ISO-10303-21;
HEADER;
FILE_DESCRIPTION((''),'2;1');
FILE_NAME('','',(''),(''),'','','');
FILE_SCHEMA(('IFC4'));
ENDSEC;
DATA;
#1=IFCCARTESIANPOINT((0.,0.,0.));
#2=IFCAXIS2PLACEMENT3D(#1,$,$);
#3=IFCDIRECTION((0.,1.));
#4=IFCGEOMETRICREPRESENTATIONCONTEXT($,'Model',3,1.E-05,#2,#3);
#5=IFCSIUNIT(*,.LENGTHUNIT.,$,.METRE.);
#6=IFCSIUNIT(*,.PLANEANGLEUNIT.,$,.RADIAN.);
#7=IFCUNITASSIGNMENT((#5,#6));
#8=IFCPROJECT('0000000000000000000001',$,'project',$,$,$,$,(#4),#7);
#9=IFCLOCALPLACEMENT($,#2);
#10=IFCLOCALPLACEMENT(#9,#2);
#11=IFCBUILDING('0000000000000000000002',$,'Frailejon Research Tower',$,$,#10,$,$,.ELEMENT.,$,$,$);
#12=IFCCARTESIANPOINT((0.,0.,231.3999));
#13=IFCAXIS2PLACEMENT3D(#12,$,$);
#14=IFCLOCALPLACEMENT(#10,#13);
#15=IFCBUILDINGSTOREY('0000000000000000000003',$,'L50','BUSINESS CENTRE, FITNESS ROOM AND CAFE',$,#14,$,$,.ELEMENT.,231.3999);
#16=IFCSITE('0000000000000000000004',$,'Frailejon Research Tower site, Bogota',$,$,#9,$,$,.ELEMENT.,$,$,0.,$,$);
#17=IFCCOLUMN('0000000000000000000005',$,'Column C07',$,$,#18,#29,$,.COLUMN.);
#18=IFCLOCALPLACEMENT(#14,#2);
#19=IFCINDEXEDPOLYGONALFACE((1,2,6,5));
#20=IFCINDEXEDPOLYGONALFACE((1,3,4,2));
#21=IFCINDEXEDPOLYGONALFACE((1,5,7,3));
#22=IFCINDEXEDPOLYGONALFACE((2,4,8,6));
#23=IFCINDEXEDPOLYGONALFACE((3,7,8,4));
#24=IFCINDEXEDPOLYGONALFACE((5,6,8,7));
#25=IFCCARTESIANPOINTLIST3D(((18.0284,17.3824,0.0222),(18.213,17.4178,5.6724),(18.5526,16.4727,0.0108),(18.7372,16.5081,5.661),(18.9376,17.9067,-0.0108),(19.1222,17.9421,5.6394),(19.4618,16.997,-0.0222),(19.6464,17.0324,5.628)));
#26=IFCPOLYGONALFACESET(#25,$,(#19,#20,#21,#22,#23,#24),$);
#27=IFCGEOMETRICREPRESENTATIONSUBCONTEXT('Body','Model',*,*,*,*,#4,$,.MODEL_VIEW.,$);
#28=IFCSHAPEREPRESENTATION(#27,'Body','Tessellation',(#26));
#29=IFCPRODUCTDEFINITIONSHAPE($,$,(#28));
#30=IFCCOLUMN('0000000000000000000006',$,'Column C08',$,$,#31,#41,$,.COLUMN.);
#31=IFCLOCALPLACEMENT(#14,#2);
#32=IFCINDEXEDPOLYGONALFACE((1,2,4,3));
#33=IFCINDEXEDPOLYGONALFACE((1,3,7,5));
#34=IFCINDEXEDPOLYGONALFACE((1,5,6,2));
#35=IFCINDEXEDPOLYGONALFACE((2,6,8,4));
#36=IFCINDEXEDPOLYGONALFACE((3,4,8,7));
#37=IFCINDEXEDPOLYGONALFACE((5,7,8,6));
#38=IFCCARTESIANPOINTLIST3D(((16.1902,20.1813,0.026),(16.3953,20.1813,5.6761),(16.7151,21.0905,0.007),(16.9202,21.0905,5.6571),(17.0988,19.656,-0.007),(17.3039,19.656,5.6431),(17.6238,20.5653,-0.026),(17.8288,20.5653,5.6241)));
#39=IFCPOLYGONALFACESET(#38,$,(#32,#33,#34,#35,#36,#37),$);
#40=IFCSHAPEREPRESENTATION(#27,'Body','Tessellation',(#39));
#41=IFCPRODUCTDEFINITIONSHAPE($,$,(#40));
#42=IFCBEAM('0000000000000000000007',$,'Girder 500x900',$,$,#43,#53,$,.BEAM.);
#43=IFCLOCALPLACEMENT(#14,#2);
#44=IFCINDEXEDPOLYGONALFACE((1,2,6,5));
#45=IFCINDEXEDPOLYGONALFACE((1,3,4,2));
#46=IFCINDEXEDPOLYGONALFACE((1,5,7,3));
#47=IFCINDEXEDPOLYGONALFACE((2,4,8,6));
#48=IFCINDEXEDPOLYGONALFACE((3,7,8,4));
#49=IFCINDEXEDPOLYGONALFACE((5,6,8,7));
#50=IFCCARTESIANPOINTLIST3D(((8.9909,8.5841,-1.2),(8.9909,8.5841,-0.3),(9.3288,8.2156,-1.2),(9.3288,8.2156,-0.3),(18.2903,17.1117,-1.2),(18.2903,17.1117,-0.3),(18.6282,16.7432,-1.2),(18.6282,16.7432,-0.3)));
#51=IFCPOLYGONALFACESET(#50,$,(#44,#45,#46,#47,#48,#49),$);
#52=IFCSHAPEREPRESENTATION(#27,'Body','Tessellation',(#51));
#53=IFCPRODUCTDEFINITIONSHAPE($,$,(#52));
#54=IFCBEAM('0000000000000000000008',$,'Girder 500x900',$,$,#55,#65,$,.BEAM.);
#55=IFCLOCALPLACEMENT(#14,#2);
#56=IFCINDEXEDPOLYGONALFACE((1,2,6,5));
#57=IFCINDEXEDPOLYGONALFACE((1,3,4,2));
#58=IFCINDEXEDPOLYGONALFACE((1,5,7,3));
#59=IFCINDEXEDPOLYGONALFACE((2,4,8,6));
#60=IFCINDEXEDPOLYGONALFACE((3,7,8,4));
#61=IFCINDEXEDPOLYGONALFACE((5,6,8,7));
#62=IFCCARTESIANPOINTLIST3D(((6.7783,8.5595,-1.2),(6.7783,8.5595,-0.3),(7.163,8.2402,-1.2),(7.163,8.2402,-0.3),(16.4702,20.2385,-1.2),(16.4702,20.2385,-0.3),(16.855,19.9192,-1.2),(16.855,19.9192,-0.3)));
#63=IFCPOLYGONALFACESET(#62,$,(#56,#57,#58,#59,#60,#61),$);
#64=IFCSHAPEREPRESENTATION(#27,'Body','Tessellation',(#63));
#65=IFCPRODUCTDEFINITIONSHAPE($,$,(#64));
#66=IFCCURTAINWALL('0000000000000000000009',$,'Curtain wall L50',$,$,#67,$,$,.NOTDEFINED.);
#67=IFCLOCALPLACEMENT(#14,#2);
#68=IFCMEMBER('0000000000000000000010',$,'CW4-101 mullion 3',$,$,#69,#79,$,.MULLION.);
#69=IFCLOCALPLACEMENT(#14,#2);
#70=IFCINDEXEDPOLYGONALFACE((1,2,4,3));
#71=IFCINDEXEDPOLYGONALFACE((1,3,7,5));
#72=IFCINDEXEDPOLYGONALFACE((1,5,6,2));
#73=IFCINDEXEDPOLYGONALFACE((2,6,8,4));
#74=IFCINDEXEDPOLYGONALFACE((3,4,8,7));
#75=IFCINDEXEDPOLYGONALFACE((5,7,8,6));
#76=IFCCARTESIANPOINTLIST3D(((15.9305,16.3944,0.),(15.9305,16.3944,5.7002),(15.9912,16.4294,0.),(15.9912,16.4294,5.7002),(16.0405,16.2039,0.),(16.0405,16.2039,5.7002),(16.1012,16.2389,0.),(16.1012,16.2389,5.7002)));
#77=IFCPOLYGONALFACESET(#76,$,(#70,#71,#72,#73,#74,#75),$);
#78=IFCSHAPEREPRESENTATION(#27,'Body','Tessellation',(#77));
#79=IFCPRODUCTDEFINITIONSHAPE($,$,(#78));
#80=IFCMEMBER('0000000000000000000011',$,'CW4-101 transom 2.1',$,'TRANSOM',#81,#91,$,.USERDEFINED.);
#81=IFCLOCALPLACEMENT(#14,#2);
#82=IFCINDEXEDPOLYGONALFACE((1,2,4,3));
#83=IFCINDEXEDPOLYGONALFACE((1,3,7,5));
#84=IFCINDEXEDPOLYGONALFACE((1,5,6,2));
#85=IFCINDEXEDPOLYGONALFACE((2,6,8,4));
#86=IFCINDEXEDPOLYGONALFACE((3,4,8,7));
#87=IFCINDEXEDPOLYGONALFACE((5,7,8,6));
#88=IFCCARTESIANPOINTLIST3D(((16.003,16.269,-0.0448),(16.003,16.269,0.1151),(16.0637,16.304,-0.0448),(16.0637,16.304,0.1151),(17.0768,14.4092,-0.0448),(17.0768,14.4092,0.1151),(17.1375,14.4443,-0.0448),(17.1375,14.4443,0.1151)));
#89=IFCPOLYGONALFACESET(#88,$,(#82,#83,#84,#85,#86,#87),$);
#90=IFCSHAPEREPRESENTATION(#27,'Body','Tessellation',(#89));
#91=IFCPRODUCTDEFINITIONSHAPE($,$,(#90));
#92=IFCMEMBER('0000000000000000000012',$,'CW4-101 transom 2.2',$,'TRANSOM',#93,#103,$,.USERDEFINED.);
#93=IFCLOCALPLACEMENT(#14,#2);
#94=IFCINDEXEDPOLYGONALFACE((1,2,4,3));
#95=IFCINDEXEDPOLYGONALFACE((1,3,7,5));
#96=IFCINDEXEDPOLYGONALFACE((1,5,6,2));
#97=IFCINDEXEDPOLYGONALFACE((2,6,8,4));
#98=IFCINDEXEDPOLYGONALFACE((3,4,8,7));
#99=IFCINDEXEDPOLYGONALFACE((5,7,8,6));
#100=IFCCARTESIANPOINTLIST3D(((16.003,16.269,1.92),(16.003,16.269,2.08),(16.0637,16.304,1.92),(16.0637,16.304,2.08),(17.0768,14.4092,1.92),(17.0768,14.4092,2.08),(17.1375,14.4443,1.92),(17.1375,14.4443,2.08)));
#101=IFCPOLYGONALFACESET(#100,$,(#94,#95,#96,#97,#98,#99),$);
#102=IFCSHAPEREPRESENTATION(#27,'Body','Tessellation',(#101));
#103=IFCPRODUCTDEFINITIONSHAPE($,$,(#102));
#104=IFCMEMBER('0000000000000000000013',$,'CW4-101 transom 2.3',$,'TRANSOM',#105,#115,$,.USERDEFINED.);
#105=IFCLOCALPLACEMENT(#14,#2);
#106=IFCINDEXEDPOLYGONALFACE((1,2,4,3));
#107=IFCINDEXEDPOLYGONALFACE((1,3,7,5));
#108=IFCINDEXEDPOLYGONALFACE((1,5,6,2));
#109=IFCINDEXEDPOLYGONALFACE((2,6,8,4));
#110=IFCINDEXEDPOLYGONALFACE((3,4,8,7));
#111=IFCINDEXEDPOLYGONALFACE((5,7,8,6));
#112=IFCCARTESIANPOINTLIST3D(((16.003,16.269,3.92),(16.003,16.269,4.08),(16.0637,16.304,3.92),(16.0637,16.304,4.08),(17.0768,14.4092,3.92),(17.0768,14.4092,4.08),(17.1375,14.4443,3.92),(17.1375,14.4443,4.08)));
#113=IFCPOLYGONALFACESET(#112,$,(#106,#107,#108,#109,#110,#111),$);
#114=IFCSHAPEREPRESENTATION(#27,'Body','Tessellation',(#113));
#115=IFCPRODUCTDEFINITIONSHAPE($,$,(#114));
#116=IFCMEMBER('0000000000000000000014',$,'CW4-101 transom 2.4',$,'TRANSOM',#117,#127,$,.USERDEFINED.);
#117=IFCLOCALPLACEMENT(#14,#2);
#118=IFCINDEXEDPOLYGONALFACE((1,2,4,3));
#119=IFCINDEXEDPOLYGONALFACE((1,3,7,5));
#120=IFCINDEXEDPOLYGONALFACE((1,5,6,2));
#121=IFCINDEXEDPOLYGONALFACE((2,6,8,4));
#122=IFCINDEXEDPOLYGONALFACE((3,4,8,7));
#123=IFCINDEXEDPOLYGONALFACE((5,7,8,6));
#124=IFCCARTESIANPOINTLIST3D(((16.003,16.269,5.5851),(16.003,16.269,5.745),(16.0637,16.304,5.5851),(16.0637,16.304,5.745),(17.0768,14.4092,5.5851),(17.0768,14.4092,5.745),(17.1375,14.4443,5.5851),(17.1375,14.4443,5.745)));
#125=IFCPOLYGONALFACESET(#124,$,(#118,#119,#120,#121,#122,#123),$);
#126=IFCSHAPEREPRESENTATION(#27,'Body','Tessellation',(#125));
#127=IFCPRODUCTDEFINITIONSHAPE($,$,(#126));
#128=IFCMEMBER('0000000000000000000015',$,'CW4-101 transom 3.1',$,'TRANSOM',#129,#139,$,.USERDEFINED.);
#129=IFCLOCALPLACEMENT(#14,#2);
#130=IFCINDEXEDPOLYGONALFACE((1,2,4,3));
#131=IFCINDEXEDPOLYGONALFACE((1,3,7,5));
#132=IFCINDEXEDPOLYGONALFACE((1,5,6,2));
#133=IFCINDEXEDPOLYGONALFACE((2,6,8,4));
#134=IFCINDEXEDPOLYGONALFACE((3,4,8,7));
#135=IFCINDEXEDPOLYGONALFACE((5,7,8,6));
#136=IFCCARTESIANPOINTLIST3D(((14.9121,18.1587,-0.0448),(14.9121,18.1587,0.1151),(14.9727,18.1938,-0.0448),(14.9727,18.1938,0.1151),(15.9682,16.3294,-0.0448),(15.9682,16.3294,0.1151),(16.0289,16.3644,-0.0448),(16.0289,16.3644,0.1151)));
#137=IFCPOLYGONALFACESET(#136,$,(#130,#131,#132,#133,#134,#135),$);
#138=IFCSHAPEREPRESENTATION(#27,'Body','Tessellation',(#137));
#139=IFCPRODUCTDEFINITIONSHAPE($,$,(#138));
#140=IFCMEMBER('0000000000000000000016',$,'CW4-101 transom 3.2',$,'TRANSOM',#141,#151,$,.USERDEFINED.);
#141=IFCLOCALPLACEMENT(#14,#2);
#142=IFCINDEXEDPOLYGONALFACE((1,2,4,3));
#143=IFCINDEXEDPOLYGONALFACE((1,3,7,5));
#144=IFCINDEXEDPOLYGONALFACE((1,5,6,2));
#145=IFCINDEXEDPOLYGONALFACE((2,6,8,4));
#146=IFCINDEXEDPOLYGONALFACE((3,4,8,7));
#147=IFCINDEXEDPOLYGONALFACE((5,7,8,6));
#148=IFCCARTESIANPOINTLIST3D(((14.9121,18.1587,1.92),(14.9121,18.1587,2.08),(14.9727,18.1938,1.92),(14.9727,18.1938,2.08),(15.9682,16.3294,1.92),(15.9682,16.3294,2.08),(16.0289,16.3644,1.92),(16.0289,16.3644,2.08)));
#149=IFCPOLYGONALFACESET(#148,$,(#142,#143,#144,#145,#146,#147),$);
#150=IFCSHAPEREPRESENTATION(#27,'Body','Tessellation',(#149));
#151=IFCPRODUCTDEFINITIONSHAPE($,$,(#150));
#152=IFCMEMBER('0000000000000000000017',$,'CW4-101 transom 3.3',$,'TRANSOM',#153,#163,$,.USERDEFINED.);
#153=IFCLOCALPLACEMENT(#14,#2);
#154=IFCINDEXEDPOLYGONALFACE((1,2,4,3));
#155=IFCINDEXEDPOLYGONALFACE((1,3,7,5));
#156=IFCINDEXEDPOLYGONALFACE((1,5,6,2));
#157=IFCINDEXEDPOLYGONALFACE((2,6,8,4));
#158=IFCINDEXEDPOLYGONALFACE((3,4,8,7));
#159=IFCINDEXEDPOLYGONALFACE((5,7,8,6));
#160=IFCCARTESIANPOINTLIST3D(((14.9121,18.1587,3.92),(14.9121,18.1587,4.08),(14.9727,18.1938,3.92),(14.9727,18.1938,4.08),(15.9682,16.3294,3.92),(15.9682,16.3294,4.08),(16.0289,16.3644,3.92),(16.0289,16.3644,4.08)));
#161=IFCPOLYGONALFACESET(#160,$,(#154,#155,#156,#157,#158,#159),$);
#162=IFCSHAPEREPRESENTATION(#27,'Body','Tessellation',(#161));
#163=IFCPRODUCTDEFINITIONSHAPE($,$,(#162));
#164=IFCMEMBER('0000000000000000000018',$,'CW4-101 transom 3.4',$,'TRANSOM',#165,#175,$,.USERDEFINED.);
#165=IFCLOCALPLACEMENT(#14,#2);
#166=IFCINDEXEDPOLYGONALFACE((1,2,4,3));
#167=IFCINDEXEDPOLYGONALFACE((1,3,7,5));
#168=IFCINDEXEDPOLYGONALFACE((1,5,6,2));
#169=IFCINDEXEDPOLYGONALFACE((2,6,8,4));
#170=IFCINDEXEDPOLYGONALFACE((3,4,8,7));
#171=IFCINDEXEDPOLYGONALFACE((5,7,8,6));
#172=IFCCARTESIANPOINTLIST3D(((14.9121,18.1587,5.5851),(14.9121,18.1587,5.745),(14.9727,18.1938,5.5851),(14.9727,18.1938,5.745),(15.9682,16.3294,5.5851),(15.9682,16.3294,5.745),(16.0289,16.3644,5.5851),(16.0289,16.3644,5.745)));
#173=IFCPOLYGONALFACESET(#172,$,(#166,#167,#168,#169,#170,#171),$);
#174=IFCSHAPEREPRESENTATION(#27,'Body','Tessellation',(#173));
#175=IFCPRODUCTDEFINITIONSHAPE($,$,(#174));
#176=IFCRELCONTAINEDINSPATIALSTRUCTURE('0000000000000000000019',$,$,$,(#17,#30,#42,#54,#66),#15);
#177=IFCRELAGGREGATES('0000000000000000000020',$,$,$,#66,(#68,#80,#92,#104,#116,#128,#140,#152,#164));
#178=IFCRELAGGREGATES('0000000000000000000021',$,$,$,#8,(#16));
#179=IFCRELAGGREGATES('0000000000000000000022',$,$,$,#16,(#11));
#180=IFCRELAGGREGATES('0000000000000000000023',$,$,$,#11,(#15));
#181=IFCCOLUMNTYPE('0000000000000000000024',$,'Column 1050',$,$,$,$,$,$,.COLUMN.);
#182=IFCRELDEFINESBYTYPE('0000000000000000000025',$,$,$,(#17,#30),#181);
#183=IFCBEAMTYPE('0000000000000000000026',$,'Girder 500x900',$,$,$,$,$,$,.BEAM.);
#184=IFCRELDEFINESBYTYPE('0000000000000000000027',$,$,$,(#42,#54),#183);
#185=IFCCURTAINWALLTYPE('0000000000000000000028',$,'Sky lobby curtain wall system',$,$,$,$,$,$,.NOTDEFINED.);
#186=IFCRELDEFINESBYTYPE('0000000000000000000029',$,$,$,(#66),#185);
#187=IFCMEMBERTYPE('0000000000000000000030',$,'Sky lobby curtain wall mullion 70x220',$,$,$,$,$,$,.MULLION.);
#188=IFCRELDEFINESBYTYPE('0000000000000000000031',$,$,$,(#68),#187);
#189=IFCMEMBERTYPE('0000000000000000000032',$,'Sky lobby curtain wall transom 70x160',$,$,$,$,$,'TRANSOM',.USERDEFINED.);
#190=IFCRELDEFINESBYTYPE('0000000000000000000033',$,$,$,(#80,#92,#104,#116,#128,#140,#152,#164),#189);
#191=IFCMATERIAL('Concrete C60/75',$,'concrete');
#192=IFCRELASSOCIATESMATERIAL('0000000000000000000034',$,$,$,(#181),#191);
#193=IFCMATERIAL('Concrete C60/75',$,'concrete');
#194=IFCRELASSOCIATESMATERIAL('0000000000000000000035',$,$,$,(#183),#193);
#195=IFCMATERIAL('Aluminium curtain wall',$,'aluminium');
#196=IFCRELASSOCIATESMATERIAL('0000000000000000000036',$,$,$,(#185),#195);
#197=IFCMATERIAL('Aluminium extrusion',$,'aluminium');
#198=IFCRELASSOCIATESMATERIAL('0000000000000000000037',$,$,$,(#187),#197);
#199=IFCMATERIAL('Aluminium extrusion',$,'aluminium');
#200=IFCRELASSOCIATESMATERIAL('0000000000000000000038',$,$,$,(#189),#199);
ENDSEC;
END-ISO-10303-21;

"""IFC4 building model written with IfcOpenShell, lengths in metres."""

from ifc_helpers import new_model, si_unit, direction, frame, origin, origin_2d, place, context, subcontext, project, spatial, rectangle, extrude, material, material_profile, profile_set, type_object, element, aggregate, save


model = new_model("IFC4")

# Units and contexts
model_context = context("Model", 3, precision=1e-05, world=origin(), true_north=direction((0.0, 1.0)))
body_context = subcontext(model_context, "Body", "Model", "MODEL_VIEW")
ifc_project = project(units=[si_unit("LENGTHUNIT", "METRE"), si_unit("PLANEANGLEUNIT", "RADIAN")], contexts=[model_context])

# Site, building, storey
site_placement = place(None, origin())
site = spatial("IfcSite", under=ifc_project, at=site_placement, Name="Frailejon Research Tower site, Bogota", CompositionType="ELEMENT", RefElevation=0.0)
building_placement = place(site_placement, origin())
building = spatial("IfcBuilding", under=site, at=building_placement, Name="Frailejon Research Tower", CompositionType="ELEMENT")
storey_placement = place(building_placement, frame((0.0, 0.0, 231.3999)))
storey = spatial("IfcBuildingStorey", under=building, at=storey_placement, Name="L50", Description="BUSINESS CENTRE, FITNESS ROOM AND CAFE", CompositionType="ELEMENT", Elevation=231.3999)

# Columns
ifc_material_1 = material(Name="Concrete C60/75", Category="concrete")
ifc_material_profile_1 = material_profile(ifc_material_1, rectangle(XDim=1.05, YDim=1.05, at=origin_2d()), Name="Column 1050")
ifc_profile_set_1 = profile_set([ifc_material_profile_1], Name="Concrete C60/75")
column_type = type_object("IfcColumnType", Name="Column 1050", PredefinedType="COLUMN", material=ifc_profile_set_1)
column_1_placement = place(storey_placement, frame((18.7451, 17.1897, 0.0), z_axis=(0.032648, 0.006262, 0.999447), x_axis=(-0.499216, 0.866409, 0.010879)))
element("IfcColumn", 1, at=column_1_placement, inside=storey, type_object=column_type, Name="Column C07", PredefinedType="COLUMN", context=body_context, shape_type="SweptSolid", body=[
    extrude(rectangle(XDim=1.05, YDim=1.05, at=origin_2d()), origin(), (0.0, 0.0, 1.0), 5.6533),
])
column_2_placement = place(storey_placement, frame((16.907, 20.3733, 0.0), z_axis=(0.036272, 0.0, 0.999342), x_axis=(-0.865313, 0.500246, 0.031407)))
element("IfcColumn", 2, at=column_2_placement, inside=storey, type_object=column_type, Name="Column C08", PredefinedType="COLUMN", context=body_context, shape_type="SweptSolid", body=[
    extrude(rectangle(XDim=1.05, YDim=1.05, at=origin_2d()), origin(), (0.0, 0.0, 1.0), 5.6538),
])

# Beams
ifc_material_2 = material(Name="Concrete C60/75", Category="concrete")
ifc_material_profile_2 = material_profile(ifc_material_2, rectangle(XDim=0.5, YDim=0.8999, at=origin_2d()), Name="Girder 500x900")
ifc_profile_set_2 = profile_set([ifc_material_profile_2], Name="Concrete C60/75")
beam_type_1 = type_object("IfcBeamType", Name="Girder 500x900", PredefinedType="BEAM", material=ifc_profile_set_2)
beam_1_placement = place(storey_placement, frame((18.4592, 16.9275, -0.75), z_axis=(-0.737027, -0.675863, 0.0), x_axis=(0.675863, -0.737027, 0.0)))
element("IfcBeam", 3, at=beam_1_placement, inside=storey, type_object=beam_type_1, Name="Girder 500x900", PredefinedType="BEAM", context=body_context, shape_type="SweptSolid", body=[
    extrude(rectangle(XDim=0.5, YDim=0.8999, at=origin_2d()), origin(), (0.0, 0.0, 1.0), 12.6174),
])
beam_2_placement = place(storey_placement, frame((16.6626, 20.0789, -0.75), z_axis=(-0.638606, -0.769534, 0.0), x_axis=(0.769534, -0.638606, 0.0)))
element("IfcBeam", 4, at=beam_2_placement, inside=storey, type_object=beam_type_1, Name="Girder 500x900", PredefinedType="BEAM", context=body_context, shape_type="SweptSolid", body=[
    extrude(rectangle(XDim=0.5, YDim=0.8999, at=origin_2d()), origin(), (0.0, 0.0, 1.0), 15.1768),
])

# Curtain wall, members
ifc_material_3 = material(Name="Aluminium curtain wall", Category="aluminium")
curtain_wall_type = type_object("IfcCurtainWallType", Name="Sky lobby curtain wall system", PredefinedType="NOTDEFINED", material=ifc_material_3)
curtain_wall_placement = place(storey_placement, origin())
curtain_wall = element("IfcCurtainWall", 5, at=curtain_wall_placement, inside=storey, type_object=curtain_wall_type, Name="Curtain wall L50", PredefinedType="NOTDEFINED")
ifc_material_4 = material(Name="Aluminium extrusion", Category="aluminium")
ifc_material_profile_3 = material_profile(ifc_material_4, rectangle(XDim=0.0701, YDim=0.22, at=origin_2d()), Name="Sky lobby curtain wall mullion 70x220")
ifc_profile_set_3 = profile_set([ifc_material_profile_3], Name="Aluminium extrusion")
member_type_1 = type_object("IfcMemberType", Name="Sky lobby curtain wall mullion 70x220", PredefinedType="MULLION", material=ifc_profile_set_3)
member_1_placement = place(storey_placement, frame((16.0159, 16.3167, 0.0), z_axis=(0.0, 0.0, 1.0), x_axis=(-0.866025, -0.5, 0.0)))
member_1 = element("IfcMember", 6, at=member_1_placement, type_object=member_type_1, Name="CW4-101 mullion 3", PredefinedType="MULLION", context=body_context, shape_type="SweptSolid", body=[
    extrude(rectangle(XDim=0.0701, YDim=0.22, at=origin_2d()), origin(), (0.0, 0.0, 1.0), 5.7002),
])
ifc_material_5 = material(Name="Aluminium extrusion", Category="aluminium")
ifc_material_profile_4 = material_profile(ifc_material_5, rectangle(XDim=0.0701, YDim=0.1599, at=origin_2d()), Name="Sky lobby curtain wall transom 70x160")
ifc_profile_set_4 = profile_set([ifc_material_profile_4], Name="Aluminium extrusion")
member_type_2 = type_object("IfcMemberType", Name="Sky lobby curtain wall transom 70x160", ElementType="TRANSOM", PredefinedType="USERDEFINED", material=ifc_profile_set_4)
member_2_placement = place(storey_placement, frame((17.1072, 14.4268, 0.0352), z_axis=(-0.500028, 0.86601, 0.0), x_axis=(-0.86601, -0.500028, 0.0)))
member_2 = element("IfcMember", 7, at=member_2_placement, type_object=member_type_2, Name="CW4-101 transom 2.1", ObjectType="TRANSOM", PredefinedType="USERDEFINED", context=body_context, shape_type="SweptSolid", body=[
    extrude(rectangle(XDim=0.0701, YDim=0.1599, at=origin_2d()), origin(), (0.0, 0.0, 1.0), 2.1475),
])
member_3_placement = place(storey_placement, frame((17.1072, 14.4268, 2.0), z_axis=(-0.500028, 0.86601, 0.0), x_axis=(-0.86601, -0.500028, 0.0)))
member_3 = element("IfcMember", 8, at=member_3_placement, type_object=member_type_2, Name="CW4-101 transom 2.2", ObjectType="TRANSOM", PredefinedType="USERDEFINED", context=body_context, shape_type="SweptSolid", body=[
    extrude(rectangle(XDim=0.0701, YDim=0.1599, at=origin_2d()), origin(), (0.0, 0.0, 1.0), 2.1475),
])
member_4_placement = place(storey_placement, frame((17.1072, 14.4268, 4.0), z_axis=(-0.500028, 0.86601, 0.0), x_axis=(-0.86601, -0.500028, 0.0)))
member_4 = element("IfcMember", 9, at=member_4_placement, type_object=member_type_2, Name="CW4-101 transom 2.3", ObjectType="TRANSOM", PredefinedType="USERDEFINED", context=body_context, shape_type="SweptSolid", body=[
    extrude(rectangle(XDim=0.0701, YDim=0.1599, at=origin_2d()), origin(), (0.0, 0.0, 1.0), 2.1475),
])
member_5_placement = place(storey_placement, frame((17.1072, 14.4268, 5.665), z_axis=(-0.500028, 0.86601, 0.0), x_axis=(-0.86601, -0.500028, 0.0)))
member_5 = element("IfcMember", 10, at=member_5_placement, type_object=member_type_2, Name="CW4-101 transom 2.4", ObjectType="TRANSOM", PredefinedType="USERDEFINED", context=body_context, shape_type="SweptSolid", body=[
    extrude(rectangle(XDim=0.0701, YDim=0.1599, at=origin_2d()), origin(), (0.0, 0.0, 1.0), 2.1475),
])
member_6_placement = place(storey_placement, frame((15.9985, 16.3469, 0.0352), z_axis=(-0.499993, 0.86603, 0.0), x_axis=(-0.86603, -0.499993, 0.0)))
member_6 = element("IfcMember", 11, at=member_6_placement, type_object=member_type_2, Name="CW4-101 transom 3.1", ObjectType="TRANSOM", PredefinedType="USERDEFINED", context=body_context, shape_type="SweptSolid", body=[
    extrude(rectangle(XDim=0.0701, YDim=0.1599, at=origin_2d()), origin(), (0.0, 0.0, 1.0), 2.1123),
])
member_7_placement = place(storey_placement, frame((15.9985, 16.3469, 2.0), z_axis=(-0.499993, 0.86603, 0.0), x_axis=(-0.86603, -0.499993, 0.0)))
member_7 = element("IfcMember", 12, at=member_7_placement, type_object=member_type_2, Name="CW4-101 transom 3.2", ObjectType="TRANSOM", PredefinedType="USERDEFINED", context=body_context, shape_type="SweptSolid", body=[
    extrude(rectangle(XDim=0.0701, YDim=0.1599, at=origin_2d()), origin(), (0.0, 0.0, 1.0), 2.1123),
])
member_8_placement = place(storey_placement, frame((15.9985, 16.3469, 4.0), z_axis=(-0.499993, 0.86603, 0.0), x_axis=(-0.86603, -0.499993, 0.0)))
member_8 = element("IfcMember", 13, at=member_8_placement, type_object=member_type_2, Name="CW4-101 transom 3.3", ObjectType="TRANSOM", PredefinedType="USERDEFINED", context=body_context, shape_type="SweptSolid", body=[
    extrude(rectangle(XDim=0.0701, YDim=0.1599, at=origin_2d()), origin(), (0.0, 0.0, 1.0), 2.1123),
])
member_9_placement = place(storey_placement, frame((15.9985, 16.3469, 5.665), z_axis=(-0.499993, 0.86603, 0.0), x_axis=(-0.86603, -0.499993, 0.0)))
member_9 = element("IfcMember", 14, at=member_9_placement, type_object=member_type_2, Name="CW4-101 transom 3.4", ObjectType="TRANSOM", PredefinedType="USERDEFINED", context=body_context, shape_type="SweptSolid", body=[
    extrude(rectangle(XDim=0.0701, YDim=0.1599, at=origin_2d()), origin(), (0.0, 0.0, 1.0), 2.1123),
])

aggregate(curtain_wall, [member_1, member_2, member_3, member_4, member_5, member_6, member_7, member_8, member_9])

save(model, "model.ifc")
